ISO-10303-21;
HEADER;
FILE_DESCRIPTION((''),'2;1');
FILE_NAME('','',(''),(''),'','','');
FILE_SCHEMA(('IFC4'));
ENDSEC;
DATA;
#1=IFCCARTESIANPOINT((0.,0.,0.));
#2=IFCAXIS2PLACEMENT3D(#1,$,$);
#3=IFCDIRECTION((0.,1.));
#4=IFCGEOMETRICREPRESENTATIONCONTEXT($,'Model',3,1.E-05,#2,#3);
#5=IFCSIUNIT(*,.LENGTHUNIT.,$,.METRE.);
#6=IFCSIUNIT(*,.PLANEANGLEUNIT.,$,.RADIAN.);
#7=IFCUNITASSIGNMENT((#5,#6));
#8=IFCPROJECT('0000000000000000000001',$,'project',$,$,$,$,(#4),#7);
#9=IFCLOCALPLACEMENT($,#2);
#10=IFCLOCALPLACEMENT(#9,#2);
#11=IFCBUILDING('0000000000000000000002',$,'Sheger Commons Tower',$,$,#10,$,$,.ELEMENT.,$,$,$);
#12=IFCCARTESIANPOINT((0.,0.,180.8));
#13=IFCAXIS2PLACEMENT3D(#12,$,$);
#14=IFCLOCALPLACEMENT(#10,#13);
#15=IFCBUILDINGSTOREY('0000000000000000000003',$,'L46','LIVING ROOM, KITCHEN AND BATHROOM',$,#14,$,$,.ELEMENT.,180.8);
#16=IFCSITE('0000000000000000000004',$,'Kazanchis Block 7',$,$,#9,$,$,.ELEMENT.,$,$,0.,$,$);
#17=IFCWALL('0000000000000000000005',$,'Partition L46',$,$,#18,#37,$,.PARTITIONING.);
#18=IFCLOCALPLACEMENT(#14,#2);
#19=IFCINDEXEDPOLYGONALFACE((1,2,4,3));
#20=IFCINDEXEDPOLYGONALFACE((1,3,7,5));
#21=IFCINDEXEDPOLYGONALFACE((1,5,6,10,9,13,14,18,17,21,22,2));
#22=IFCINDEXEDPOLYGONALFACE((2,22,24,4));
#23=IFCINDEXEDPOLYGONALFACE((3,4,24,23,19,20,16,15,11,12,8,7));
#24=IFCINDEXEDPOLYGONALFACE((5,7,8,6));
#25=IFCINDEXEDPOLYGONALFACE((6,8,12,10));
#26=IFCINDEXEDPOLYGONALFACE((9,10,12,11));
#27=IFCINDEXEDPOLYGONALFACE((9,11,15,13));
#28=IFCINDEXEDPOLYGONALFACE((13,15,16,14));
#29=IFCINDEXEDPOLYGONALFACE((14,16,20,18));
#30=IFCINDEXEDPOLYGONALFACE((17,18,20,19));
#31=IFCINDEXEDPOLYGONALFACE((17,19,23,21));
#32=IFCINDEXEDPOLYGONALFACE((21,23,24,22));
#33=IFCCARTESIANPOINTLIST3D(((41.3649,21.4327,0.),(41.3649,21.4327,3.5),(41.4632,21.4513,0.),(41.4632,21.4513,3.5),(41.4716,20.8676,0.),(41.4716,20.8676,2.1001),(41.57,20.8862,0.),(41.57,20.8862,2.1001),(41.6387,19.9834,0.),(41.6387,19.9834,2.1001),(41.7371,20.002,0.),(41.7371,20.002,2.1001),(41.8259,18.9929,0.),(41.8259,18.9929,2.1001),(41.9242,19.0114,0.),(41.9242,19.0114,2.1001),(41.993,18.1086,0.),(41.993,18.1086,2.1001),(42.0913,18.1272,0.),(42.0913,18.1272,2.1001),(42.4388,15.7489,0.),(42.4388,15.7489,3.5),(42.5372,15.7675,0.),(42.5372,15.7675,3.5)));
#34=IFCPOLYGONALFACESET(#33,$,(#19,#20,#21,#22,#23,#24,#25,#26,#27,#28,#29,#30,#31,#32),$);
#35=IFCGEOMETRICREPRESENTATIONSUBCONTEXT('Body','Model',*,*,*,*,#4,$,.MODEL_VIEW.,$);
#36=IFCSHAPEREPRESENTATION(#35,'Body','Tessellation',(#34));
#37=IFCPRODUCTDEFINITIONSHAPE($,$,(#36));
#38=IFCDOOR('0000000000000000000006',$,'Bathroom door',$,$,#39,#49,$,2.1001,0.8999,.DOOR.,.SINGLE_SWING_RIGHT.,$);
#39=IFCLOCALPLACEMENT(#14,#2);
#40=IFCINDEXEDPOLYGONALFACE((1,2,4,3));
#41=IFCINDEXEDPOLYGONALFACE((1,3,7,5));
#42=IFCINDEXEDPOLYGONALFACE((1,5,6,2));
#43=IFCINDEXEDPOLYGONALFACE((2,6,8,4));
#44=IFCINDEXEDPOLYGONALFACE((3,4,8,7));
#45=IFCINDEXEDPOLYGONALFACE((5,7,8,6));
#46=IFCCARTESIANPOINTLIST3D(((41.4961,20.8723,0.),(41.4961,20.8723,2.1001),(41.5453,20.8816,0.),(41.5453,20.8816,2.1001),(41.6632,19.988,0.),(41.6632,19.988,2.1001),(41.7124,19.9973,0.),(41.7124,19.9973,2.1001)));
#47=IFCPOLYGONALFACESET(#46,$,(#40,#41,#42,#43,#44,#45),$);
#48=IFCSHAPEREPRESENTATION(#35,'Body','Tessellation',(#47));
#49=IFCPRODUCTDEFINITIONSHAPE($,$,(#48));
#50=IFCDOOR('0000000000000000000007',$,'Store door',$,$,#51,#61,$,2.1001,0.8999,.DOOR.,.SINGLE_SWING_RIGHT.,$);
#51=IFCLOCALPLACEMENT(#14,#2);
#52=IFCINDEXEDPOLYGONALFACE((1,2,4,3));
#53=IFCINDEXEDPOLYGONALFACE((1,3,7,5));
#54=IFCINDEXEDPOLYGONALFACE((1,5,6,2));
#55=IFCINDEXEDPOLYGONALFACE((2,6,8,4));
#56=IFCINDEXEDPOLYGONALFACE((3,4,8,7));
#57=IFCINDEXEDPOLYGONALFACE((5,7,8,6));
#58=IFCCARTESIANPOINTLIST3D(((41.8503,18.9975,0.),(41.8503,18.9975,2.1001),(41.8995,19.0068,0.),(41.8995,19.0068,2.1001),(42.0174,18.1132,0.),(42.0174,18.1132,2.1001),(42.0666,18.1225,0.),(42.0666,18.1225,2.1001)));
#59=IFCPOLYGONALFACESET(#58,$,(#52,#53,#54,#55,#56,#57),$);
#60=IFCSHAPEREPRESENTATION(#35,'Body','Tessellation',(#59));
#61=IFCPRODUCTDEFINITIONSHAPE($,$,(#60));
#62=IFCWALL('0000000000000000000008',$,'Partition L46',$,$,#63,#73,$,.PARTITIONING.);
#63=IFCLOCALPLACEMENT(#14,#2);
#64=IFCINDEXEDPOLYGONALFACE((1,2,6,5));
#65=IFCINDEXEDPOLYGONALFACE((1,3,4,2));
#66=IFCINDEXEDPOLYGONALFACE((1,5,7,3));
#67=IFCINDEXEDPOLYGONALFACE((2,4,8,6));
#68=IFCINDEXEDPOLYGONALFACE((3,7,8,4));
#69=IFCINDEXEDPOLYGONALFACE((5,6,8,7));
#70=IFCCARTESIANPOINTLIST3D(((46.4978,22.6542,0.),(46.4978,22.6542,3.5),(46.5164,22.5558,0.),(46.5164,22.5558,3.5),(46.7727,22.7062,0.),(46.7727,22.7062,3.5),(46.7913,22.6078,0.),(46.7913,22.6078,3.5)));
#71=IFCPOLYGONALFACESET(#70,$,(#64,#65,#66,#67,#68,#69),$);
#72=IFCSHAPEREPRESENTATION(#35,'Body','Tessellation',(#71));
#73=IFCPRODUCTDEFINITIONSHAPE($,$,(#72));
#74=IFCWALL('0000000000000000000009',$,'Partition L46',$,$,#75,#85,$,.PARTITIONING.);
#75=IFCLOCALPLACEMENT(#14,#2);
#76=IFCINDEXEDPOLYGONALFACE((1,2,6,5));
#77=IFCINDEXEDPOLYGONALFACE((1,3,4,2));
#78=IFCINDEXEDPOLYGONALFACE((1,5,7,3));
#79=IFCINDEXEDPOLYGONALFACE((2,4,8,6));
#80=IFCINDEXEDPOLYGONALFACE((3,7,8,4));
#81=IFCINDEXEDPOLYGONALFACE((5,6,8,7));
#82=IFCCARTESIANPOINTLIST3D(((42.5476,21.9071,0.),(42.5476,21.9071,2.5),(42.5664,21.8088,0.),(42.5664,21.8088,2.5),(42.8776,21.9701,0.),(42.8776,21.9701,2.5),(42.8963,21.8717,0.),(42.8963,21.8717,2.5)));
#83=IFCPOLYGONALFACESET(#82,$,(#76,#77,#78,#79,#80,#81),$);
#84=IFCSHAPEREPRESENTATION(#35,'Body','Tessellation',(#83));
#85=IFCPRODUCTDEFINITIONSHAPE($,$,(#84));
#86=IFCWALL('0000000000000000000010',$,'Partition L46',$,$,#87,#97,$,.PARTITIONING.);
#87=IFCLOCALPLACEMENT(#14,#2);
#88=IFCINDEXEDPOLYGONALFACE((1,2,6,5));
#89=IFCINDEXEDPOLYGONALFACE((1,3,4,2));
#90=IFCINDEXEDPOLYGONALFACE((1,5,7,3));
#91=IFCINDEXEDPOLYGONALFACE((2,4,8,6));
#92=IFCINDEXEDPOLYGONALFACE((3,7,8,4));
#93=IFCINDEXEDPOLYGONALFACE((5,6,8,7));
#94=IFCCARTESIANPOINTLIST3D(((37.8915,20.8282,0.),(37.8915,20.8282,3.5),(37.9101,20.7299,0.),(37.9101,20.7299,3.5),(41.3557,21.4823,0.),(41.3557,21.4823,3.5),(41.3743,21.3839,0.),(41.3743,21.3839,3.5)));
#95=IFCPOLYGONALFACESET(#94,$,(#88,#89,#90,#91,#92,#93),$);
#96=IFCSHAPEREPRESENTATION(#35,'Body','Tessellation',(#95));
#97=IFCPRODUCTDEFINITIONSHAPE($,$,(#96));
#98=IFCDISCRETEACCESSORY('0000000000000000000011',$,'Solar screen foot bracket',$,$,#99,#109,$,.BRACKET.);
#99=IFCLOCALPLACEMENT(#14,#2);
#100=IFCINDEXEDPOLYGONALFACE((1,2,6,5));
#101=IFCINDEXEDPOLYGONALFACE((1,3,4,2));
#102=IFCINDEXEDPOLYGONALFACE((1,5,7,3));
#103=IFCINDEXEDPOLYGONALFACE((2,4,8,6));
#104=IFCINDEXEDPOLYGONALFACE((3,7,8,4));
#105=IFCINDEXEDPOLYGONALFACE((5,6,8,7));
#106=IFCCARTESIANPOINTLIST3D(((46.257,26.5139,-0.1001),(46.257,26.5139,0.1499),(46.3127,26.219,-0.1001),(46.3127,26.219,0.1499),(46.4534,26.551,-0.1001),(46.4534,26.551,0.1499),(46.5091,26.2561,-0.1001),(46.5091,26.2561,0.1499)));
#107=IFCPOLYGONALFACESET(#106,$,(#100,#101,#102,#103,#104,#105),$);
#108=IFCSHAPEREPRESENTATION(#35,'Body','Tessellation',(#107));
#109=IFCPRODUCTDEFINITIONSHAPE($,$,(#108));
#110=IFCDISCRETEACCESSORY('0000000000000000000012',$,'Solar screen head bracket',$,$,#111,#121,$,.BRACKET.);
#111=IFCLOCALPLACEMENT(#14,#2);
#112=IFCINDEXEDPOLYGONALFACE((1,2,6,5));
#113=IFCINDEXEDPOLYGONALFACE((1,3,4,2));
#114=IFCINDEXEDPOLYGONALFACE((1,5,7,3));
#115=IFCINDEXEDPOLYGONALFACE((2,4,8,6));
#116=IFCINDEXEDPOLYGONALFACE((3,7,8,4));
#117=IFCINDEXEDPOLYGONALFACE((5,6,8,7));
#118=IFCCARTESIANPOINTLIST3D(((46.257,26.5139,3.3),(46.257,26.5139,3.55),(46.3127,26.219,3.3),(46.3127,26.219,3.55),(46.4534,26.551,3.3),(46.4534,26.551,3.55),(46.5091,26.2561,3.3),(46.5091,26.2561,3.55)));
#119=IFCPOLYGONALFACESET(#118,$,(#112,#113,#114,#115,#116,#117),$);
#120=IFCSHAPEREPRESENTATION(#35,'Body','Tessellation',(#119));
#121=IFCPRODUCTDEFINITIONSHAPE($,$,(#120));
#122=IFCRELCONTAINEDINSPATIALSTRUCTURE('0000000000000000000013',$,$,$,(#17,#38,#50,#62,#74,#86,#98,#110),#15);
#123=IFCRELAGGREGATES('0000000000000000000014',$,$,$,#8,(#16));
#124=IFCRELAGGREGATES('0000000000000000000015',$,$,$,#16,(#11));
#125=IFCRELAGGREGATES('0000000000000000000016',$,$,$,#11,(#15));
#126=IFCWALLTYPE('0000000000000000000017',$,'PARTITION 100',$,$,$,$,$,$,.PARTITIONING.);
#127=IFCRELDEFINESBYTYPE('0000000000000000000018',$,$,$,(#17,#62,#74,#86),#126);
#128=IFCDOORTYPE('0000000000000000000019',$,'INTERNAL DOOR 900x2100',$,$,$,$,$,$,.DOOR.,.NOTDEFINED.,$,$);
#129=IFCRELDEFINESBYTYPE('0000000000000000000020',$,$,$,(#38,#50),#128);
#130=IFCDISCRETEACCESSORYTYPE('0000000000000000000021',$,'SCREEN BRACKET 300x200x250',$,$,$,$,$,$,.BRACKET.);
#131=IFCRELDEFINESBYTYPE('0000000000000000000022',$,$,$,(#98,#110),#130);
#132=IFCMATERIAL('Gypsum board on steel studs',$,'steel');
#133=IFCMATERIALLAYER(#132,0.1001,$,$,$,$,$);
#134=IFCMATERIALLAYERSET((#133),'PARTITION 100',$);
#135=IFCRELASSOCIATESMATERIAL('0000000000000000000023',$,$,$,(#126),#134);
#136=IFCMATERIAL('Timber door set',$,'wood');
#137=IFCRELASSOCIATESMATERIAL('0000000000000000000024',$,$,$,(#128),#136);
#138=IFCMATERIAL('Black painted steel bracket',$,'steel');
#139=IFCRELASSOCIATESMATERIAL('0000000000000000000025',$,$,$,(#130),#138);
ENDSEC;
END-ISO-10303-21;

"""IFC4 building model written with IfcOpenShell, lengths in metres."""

from ifc_helpers import new_model, si_unit, direction, frame, frame_2d, origin, origin_2d, place, context, subcontext, project, spatial, rectangle, extrude, material, layer, layer_set, type_object, element, fill, save


model = new_model("IFC4")

# Units and contexts
model_context = context("Model", 3, precision=1e-05, world=origin(), true_north=direction((0.0, 1.0)))
body_context = subcontext(model_context, "Body", "Model", "MODEL_VIEW")
ifc_project = project(units=[si_unit("LENGTHUNIT", "METRE"), si_unit("PLANEANGLEUNIT", "RADIAN")], contexts=[model_context])

# Site, building, storey
site_placement = place(None, origin())
site = spatial("IfcSite", under=ifc_project, at=site_placement, Name="Kazanchis Block 7", CompositionType="ELEMENT", RefElevation=0.0)
building_placement = place(site_placement, origin())
building = spatial("IfcBuilding", under=site, at=building_placement, Name="Sheger Commons Tower", CompositionType="ELEMENT")
storey_placement = place(building_placement, frame((0.0, 0.0, 180.8)))
storey = spatial("IfcBuildingStorey", under=building, at=storey_placement, Name="L46", Description="LIVING ROOM, KITCHEN AND BATHROOM", CompositionType="ELEMENT", Elevation=180.8)

# Wall, openings, doors
ifc_material_1 = material(Name="Gypsum board on steel studs", Category="steel")
ifc_layer_1 = layer(ifc_material_1, 0.1001)
ifc_layer_set_1 = layer_set([ifc_layer_1], Name="PARTITION 100")
wall_type_1 = type_object("IfcWallType", Name="PARTITION 100", PredefinedType="PARTITIONING", material=ifc_layer_set_1)
ifc_material_2 = material(Name="Timber door set", Category="wood")
door_type = type_object("IfcDoorType", Name="INTERNAL DOOR 900x2100", OperationType="NOTDEFINED", PredefinedType="DOOR", material=ifc_material_2)
wall_1_placement = place(storey_placement, frame((41.4141, 21.4419, 0.0), z_axis=(0.0, 0.0, 1.0), x_axis=(0.185667, -0.982613, 0.0)))
wall_1 = element("IfcWall", 1, at=wall_1_placement, inside=storey, type_object=wall_type_1, Name="Partition L46", PredefinedType="PARTITIONING", context=body_context, shape_type="SweptSolid", body=[
    extrude(rectangle(XDim=5.7844, YDim=0.1001, at=frame_2d((2.8921, 0.0))), origin(), (0.0, 0.0, 1.0), 3.5),
])
opening_1_placement = place(wall_1_placement, frame((0.575, 0.0, 0.0)))
opening_1 = element("IfcOpeningElement", 2, at=opening_1_placement, cuts=wall_1, PredefinedType="OPENING", context=body_context, shape_type="SweptSolid", body=[
    extrude(rectangle(XDim=0.8999, YDim=2.1001, at=frame_2d((0.45, 1.05))), frame((0.0, 0.0601, 0.0), z_axis=(0.0, -1.0, 0.0), x_axis=(1.0, 0.0, 0.0)), (0.0, 0.0, 1.0), 0.1201),
])
opening_2_placement = place(wall_1_placement, frame((2.4829, 0.0, 0.0)))
opening_2 = element("IfcOpeningElement", 3, at=opening_2_placement, cuts=wall_1, PredefinedType="OPENING", context=body_context, shape_type="SweptSolid", body=[
    extrude(rectangle(XDim=0.8999, YDim=2.1001, at=frame_2d((0.45, 1.05))), frame((0.0, 0.0601, 0.0), z_axis=(0.0, -1.0, 0.0), x_axis=(1.0, 0.0, 0.0)), (0.0, 0.0, 1.0), 0.1201),
])
door_1_placement = place(opening_1_placement, origin())
door_1 = element("IfcDoor", 4, at=door_1_placement, inside=storey, type_object=door_type, Name="Bathroom door", OperationType="SINGLE_SWING_RIGHT", OverallHeight=2.1001, OverallWidth=0.8999, PredefinedType="DOOR", context=body_context, shape_type="SweptSolid", body=[
    extrude(rectangle(XDim=0.8999, YDim=2.1001, at=frame_2d((0.45, 1.05))), frame((0.0, 0.0249, 0.0), z_axis=(0.0, -1.0, 0.0), x_axis=(1.0, 0.0, 0.0)), (0.0, 0.0, 1.0), 0.05),
])
fill(opening_1, door_1)
door_2_placement = place(opening_2_placement, origin())
door_2 = element("IfcDoor", 5, at=door_2_placement, inside=storey, type_object=door_type, Name="Store door", OperationType="SINGLE_SWING_RIGHT", OverallHeight=2.1001, OverallWidth=0.8999, PredefinedType="DOOR", context=body_context, shape_type="SweptSolid", body=[
    extrude(rectangle(XDim=0.8999, YDim=2.1001, at=frame_2d((0.45, 1.05))), frame((0.0, 0.0249, 0.0), z_axis=(0.0, -1.0, 0.0), x_axis=(1.0, 0.0, 0.0)), (0.0, 0.0, 1.0), 0.05),
])
fill(opening_2, door_2)

# Walls
wall_2_placement = place(storey_placement, frame((46.782, 22.657, 0.0), z_axis=(0.0, 0.0, 1.0), x_axis=(-0.982575, -0.185869, 0.0)))
element("IfcWall", 6, at=wall_2_placement, inside=storey, type_object=wall_type_1, Name="Partition L46", PredefinedType="PARTITIONING", context=body_context, shape_type="SweptSolid", body=[
    extrude(rectangle(XDim=0.2798, YDim=0.1001, at=frame_2d((0.1399, 0.0))), origin(), (0.0, 0.0, 1.0), 3.5),
])
wall_3_placement = place(storey_placement, frame((42.887, 21.9209, 0.0), z_axis=(0.0, 0.0, 1.0), x_axis=(-0.982275, -0.187446, 0.0)))
element("IfcWall", 7, at=wall_3_placement, inside=storey, type_object=wall_type_1, Name="Partition L46", PredefinedType="PARTITIONING", context=body_context, shape_type="SweptSolid", body=[
    extrude(rectangle(XDim=0.3359, YDim=0.1001, at=frame_2d((0.168, 0.0))), origin(), (0.0, 0.0, 1.0), 2.5),
])
wall_4_placement = place(storey_placement, frame((41.365, 21.4331, 0.0), z_axis=(0.0, 0.0, 1.0), x_axis=(-0.982639, -0.18553, 0.0)))
element("IfcWall", 8, at=wall_4_placement, inside=storey, type_object=wall_type_1, Name="Partition L46", PredefinedType="PARTITIONING", context=body_context, shape_type="SweptSolid", body=[
    extrude(rectangle(XDim=3.5254, YDim=0.1001, at=frame_2d((1.7627, 0.0))), origin(), (0.0, 0.0, 1.0), 3.5),
])

# Discrete accessories
ifc_material_3 = material(Name="Black painted steel bracket", Category="steel")
discrete_accessory_type = type_object("IfcDiscreteAccessoryType", Name="SCREEN BRACKET 300x200x250", PredefinedType="BRACKET", material=ifc_material_3)
for number, where, z_axis, x_axis, name in (
    (9, (46.3831, 26.385, -0.1001), (0.0, 0.0, 1.0), (-0.185615, 0.982623, 0.0), "Solar screen foot bracket"),
    (10, (46.3831, 26.385, 3.3), (0.0, 0.0, 1.0), (-0.185615, 0.982623, 0.0), "Solar screen head bracket"),
):
    element("IfcDiscreteAccessory", number, at=place(storey_placement, frame(where, z_axis=z_axis, x_axis=x_axis)), inside=storey, type_object=discrete_accessory_type, Name=name, PredefinedType="BRACKET", context=body_context, shape_type="SweptSolid", body=[
        extrude(rectangle(XDim=0.3, YDim=0.2, at=origin_2d()), origin(), (0.0, 0.0, 1.0), 0.25),
    ])

save(model, "model.ifc")
